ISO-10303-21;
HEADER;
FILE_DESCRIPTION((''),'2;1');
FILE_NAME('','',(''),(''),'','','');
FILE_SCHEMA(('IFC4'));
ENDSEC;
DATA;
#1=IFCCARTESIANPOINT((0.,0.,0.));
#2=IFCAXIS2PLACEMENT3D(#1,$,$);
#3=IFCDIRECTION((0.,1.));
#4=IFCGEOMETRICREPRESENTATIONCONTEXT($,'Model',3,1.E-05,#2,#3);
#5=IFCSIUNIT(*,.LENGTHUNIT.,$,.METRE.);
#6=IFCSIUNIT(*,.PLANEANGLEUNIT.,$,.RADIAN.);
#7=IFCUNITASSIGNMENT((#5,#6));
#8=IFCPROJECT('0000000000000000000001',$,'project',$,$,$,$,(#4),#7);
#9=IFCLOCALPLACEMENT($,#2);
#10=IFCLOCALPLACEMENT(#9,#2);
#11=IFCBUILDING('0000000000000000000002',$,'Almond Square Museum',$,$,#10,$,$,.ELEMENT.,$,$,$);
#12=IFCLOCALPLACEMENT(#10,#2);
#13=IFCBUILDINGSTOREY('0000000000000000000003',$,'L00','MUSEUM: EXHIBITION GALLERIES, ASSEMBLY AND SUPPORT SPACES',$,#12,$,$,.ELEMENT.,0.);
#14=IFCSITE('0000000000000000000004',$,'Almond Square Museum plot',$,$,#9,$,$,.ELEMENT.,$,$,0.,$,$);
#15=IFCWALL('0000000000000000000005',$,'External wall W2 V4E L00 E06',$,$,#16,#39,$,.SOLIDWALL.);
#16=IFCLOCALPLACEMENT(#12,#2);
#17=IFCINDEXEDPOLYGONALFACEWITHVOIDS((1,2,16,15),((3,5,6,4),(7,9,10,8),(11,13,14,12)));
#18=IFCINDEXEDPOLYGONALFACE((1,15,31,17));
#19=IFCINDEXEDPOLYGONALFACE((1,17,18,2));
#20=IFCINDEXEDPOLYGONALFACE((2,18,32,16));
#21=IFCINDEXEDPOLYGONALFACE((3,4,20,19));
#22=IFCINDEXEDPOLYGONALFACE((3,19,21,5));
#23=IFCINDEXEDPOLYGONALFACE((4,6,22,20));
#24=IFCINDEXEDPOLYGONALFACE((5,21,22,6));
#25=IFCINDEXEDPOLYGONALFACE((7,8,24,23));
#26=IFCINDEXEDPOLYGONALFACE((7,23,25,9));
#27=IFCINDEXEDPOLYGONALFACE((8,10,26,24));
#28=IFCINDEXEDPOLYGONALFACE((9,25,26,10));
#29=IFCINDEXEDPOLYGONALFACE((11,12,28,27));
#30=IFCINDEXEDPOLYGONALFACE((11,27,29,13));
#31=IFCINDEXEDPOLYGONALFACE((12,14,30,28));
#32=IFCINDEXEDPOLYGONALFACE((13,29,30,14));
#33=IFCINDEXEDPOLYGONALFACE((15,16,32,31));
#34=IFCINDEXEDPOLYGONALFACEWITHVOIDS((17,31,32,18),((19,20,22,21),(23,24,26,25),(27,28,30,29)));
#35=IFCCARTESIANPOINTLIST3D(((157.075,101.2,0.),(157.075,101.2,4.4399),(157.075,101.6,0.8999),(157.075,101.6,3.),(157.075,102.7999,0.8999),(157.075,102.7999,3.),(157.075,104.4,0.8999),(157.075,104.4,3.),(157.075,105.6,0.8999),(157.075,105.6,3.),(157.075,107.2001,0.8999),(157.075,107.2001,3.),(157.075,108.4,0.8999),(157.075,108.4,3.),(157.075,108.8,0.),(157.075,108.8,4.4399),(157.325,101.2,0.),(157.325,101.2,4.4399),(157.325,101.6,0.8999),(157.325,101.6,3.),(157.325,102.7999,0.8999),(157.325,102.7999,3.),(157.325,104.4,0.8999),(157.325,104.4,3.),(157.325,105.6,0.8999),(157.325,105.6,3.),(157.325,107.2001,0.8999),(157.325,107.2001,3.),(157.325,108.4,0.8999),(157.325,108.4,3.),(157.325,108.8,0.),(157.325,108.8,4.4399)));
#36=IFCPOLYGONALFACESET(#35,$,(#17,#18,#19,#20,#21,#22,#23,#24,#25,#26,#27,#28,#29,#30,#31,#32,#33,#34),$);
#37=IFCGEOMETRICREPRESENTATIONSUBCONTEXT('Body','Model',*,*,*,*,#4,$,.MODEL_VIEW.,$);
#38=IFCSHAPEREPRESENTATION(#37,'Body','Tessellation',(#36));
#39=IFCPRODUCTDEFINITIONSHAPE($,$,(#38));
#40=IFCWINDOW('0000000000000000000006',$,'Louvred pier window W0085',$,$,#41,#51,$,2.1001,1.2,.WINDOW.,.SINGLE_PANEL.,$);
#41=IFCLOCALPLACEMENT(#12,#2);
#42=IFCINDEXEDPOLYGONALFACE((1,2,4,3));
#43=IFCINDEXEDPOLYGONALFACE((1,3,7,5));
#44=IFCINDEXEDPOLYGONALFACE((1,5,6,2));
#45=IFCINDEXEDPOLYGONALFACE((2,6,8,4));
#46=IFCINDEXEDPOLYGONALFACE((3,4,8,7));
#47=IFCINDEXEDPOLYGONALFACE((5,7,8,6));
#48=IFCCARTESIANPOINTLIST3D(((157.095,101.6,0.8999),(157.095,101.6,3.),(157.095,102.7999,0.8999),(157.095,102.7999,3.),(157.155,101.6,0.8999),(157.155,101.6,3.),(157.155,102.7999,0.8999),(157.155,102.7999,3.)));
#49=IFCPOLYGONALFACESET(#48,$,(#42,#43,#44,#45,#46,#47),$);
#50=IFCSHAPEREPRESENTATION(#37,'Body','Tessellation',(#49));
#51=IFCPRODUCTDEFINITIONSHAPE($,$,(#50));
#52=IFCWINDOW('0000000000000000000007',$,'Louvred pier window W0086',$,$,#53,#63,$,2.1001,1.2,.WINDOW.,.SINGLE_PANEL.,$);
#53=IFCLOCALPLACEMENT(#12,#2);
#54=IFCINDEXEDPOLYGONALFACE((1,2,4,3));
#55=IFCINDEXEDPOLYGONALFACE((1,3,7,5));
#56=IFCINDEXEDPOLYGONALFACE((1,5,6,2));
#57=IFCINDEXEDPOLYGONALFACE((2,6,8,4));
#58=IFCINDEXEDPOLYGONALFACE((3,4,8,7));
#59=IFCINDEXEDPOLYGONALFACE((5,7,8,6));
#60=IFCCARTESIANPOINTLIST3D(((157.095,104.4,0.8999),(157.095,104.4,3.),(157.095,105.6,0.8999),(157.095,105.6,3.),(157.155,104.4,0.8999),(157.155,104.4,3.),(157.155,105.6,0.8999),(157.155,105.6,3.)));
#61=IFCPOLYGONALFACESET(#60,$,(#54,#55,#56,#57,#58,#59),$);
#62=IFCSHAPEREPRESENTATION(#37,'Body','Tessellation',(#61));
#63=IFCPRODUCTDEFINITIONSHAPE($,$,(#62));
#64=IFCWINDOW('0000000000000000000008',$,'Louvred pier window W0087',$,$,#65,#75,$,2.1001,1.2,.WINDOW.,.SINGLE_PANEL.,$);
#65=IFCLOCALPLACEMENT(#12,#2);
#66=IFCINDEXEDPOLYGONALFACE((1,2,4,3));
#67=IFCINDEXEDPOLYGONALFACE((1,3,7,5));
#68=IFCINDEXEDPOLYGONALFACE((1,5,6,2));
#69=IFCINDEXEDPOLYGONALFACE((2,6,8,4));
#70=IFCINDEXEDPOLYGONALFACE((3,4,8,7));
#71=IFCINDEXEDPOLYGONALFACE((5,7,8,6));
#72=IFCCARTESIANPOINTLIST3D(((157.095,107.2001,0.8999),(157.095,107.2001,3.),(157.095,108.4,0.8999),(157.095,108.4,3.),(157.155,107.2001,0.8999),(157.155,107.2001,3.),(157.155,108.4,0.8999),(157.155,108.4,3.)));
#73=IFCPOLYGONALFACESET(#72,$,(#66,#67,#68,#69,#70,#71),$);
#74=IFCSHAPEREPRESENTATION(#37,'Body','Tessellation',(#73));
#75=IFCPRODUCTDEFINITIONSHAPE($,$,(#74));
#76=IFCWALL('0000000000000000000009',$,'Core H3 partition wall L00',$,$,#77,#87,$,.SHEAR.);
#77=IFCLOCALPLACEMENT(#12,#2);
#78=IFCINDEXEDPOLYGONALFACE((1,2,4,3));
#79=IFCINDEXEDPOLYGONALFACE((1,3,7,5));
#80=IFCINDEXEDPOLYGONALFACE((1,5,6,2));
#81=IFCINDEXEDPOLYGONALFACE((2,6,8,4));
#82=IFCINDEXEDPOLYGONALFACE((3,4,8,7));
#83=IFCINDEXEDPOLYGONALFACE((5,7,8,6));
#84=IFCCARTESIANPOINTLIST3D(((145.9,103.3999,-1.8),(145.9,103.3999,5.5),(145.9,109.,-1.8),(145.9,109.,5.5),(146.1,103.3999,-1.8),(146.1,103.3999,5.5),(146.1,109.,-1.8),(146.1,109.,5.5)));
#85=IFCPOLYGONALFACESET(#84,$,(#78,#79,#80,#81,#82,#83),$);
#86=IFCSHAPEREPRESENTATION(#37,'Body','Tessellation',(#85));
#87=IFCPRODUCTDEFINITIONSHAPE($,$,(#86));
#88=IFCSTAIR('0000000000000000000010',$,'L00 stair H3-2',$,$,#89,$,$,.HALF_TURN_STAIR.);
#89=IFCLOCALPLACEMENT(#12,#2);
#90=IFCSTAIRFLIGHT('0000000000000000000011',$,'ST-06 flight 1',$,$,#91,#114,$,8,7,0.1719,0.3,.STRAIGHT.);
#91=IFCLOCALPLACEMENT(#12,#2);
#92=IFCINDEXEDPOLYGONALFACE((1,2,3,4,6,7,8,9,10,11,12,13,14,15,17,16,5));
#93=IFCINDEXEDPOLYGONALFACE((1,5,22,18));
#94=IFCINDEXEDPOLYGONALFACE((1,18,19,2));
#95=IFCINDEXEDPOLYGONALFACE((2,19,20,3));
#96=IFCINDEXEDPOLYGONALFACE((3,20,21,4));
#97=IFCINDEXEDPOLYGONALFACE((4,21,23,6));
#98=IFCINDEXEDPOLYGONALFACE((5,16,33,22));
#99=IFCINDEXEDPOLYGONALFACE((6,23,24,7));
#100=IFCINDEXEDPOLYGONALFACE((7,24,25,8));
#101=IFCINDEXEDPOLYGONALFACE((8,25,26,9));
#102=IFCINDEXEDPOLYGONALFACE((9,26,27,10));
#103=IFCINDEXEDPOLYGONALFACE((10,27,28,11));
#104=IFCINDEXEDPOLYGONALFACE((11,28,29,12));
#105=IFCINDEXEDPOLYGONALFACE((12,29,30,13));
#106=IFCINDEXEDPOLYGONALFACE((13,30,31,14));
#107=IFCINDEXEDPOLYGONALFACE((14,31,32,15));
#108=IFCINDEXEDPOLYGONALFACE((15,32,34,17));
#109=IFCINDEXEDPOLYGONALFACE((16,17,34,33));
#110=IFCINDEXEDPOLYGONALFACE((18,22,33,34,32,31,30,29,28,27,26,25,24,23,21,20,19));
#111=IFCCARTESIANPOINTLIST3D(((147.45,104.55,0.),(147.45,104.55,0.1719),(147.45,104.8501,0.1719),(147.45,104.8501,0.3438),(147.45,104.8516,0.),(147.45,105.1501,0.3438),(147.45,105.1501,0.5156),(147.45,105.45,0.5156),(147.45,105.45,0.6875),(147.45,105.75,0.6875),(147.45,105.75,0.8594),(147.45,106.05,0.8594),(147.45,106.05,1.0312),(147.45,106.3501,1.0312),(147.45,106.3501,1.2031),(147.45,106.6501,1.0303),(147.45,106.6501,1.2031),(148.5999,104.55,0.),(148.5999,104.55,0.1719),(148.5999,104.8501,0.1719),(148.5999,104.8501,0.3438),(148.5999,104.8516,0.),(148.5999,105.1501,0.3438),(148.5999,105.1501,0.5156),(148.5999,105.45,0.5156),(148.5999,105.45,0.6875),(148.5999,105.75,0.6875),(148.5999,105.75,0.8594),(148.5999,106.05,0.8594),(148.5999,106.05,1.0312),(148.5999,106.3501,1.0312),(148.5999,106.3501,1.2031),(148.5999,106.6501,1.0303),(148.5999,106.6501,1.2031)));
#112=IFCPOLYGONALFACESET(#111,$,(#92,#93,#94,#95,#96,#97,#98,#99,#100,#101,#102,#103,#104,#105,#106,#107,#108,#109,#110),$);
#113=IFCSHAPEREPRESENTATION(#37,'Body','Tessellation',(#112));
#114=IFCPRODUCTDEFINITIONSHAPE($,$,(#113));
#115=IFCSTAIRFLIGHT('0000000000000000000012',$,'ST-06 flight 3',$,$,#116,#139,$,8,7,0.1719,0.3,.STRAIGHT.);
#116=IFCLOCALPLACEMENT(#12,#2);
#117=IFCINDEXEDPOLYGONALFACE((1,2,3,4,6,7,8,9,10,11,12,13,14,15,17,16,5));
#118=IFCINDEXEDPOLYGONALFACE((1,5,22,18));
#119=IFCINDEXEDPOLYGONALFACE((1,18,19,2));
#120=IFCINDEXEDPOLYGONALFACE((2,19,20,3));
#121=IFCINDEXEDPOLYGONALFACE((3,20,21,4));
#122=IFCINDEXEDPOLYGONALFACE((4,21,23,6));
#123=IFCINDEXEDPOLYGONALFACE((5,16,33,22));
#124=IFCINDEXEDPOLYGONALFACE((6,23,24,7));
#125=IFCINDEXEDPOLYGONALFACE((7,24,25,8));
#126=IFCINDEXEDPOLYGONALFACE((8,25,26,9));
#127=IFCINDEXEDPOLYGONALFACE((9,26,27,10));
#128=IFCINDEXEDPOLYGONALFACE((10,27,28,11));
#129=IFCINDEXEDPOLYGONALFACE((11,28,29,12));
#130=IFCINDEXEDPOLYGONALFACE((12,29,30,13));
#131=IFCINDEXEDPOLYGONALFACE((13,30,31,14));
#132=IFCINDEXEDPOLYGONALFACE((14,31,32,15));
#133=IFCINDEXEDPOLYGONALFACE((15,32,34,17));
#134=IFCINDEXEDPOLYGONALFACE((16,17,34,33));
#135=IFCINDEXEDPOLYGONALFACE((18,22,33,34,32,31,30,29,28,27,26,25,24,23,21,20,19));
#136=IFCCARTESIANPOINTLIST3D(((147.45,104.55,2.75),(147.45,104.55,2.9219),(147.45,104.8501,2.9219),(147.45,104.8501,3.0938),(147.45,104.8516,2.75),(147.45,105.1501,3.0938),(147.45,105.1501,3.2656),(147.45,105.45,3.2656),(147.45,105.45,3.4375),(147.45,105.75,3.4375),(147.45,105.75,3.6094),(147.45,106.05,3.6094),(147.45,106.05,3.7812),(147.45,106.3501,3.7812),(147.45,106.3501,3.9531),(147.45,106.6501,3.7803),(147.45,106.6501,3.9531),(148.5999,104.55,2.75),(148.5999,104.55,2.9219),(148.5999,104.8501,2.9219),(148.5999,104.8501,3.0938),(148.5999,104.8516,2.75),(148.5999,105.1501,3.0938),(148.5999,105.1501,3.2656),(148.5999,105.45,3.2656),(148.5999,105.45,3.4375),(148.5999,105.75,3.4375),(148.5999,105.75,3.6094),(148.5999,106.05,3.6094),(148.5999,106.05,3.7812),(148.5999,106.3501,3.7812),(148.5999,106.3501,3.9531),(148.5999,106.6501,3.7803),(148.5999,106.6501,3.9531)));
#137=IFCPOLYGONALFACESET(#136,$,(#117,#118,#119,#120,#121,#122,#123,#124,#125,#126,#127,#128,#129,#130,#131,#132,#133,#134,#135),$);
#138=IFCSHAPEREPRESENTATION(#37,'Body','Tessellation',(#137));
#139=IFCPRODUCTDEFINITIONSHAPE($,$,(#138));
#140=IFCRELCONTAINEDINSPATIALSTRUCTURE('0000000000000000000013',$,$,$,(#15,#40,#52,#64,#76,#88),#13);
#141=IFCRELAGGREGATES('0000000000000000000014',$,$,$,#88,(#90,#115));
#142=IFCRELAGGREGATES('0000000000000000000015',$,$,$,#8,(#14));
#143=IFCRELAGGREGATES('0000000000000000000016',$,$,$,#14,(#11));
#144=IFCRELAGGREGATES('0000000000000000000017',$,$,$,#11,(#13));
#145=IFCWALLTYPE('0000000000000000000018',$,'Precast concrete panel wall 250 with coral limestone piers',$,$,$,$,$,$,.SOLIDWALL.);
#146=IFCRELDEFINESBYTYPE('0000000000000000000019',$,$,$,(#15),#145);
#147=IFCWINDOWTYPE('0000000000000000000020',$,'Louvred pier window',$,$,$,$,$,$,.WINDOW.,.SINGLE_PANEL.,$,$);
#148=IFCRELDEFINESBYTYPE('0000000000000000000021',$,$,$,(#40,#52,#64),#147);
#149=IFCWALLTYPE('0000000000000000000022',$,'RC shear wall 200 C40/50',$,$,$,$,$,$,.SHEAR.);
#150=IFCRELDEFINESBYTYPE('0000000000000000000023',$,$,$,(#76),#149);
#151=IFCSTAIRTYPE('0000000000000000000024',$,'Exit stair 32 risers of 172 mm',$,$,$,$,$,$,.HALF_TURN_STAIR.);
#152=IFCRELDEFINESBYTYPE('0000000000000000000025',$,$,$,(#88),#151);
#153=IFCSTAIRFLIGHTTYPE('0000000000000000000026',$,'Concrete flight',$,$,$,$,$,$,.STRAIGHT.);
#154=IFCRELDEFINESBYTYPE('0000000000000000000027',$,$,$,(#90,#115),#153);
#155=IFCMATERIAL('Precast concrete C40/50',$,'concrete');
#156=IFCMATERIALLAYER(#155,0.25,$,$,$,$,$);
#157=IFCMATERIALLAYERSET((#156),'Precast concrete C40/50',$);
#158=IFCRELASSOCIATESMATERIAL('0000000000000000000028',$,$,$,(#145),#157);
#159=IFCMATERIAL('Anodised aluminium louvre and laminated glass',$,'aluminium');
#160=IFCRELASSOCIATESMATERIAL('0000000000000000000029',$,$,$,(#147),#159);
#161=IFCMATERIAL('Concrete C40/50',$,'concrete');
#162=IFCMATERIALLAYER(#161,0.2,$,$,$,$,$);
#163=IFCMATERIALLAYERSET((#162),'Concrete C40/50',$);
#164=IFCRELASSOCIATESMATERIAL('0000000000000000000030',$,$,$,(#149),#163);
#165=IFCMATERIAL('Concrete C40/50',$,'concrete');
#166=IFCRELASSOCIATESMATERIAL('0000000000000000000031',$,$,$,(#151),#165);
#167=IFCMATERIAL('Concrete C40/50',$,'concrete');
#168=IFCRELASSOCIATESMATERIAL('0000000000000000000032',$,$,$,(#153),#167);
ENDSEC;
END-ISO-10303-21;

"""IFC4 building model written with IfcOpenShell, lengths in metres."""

from ifc_helpers import new_model, si_unit, direction, frame, frame_2d, origin, place, context, subcontext, project, spatial, polyline, rectangle, outline, extrude, material, layer, layer_set, type_object, element, fill, aggregate, save


model = new_model("IFC4")

# Units and contexts
model_context = context("Model", 3, precision=1e-05, world=origin(), true_north=direction((0.0, 1.0)))
body_context = subcontext(model_context, "Body", "Model", "MODEL_VIEW")
ifc_project = project(units=[si_unit("LENGTHUNIT", "METRE"), si_unit("PLANEANGLEUNIT", "RADIAN")], contexts=[model_context])

# Site, building, storey
site_placement = place(None, origin())
site = spatial("IfcSite", under=ifc_project, at=site_placement, Name="Almond Square Museum plot", CompositionType="ELEMENT", RefElevation=0.0)
building_placement = place(site_placement, origin())
building = spatial("IfcBuilding", under=site, at=building_placement, Name="Almond Square Museum", CompositionType="ELEMENT")
storey_placement = place(building_placement, origin())
storey = spatial("IfcBuildingStorey", under=building, at=storey_placement, Name="L00", Description="MUSEUM: EXHIBITION GALLERIES, ASSEMBLY AND SUPPORT SPACES", CompositionType="ELEMENT", Elevation=0.0)

# Wall, openings, windows
ifc_material_1 = material(Name="Precast concrete C40/50", Category="concrete")
ifc_layer_1 = layer(ifc_material_1, 0.25)
ifc_layer_set_1 = layer_set([ifc_layer_1], Name="Precast concrete C40/50")
wall_type_1 = type_object("IfcWallType", Name="Precast concrete panel wall 250 with coral limestone piers", PredefinedType="SOLIDWALL", material=ifc_layer_set_1)
wall_1_placement = place(storey_placement, frame((157.2, 101.2, 0.0), z_axis=(0.0, 0.0, 1.0), x_axis=(0.0, 1.0, 0.0)))
wall_1 = element("IfcWall", 1, at=wall_1_placement, inside=storey, type_object=wall_type_1, Name="External wall W2 V4E L00 E06", PredefinedType="SOLIDWALL", context=body_context, shape_type="SweptSolid", body=[
    extrude(rectangle(XDim=7.6001, YDim=0.25, at=frame_2d((3.8, 0.0))), origin(), (0.0, 0.0, 1.0), 4.4399),
])
opening_1_placement = place(wall_1_placement, frame((0.3999, 0.0, 0.8999)))
opening_1 = element("IfcOpeningElement", 2, at=opening_1_placement, cuts=wall_1, PredefinedType="OPENING", context=body_context, shape_type="SweptSolid", body=[
    extrude(rectangle(XDim=1.2, YDim=2.1001, at=frame_2d((0.6001, 1.05))), frame((0.0, 0.135, 0.0), z_axis=(0.0, -1.0, 0.0), x_axis=(1.0, 0.0, 0.0)), (0.0, 0.0, 1.0), 0.27),
])
opening_2_placement = place(wall_1_placement, frame((3.2, 0.0, 0.8999)))
opening_2 = element("IfcOpeningElement", 3, at=opening_2_placement, cuts=wall_1, PredefinedType="OPENING", context=body_context, shape_type="SweptSolid", body=[
    extrude(rectangle(XDim=1.2, YDim=2.1001, at=frame_2d((0.6001, 1.05))), frame((0.0, 0.135, 0.0), z_axis=(0.0, -1.0, 0.0), x_axis=(1.0, 0.0, 0.0)), (0.0, 0.0, 1.0), 0.27),
])
opening_3_placement = place(wall_1_placement, frame((6.0, 0.0, 0.8999)))
opening_3 = element("IfcOpeningElement", 4, at=opening_3_placement, cuts=wall_1, PredefinedType="OPENING", context=body_context, shape_type="SweptSolid", body=[
    extrude(rectangle(XDim=1.2, YDim=2.1001, at=frame_2d((0.6001, 1.05))), frame((0.0, 0.135, 0.0), z_axis=(0.0, -1.0, 0.0), x_axis=(1.0, 0.0, 0.0)), (0.0, 0.0, 1.0), 0.27),
])
ifc_material_2 = material(Name="Anodised aluminium louvre and laminated glass", Category="aluminium")
window_type = type_object("IfcWindowType", Name="Louvred pier window", PartitioningType="SINGLE_PANEL", PredefinedType="WINDOW", material=ifc_material_2)
window_1_placement = place(opening_1_placement, origin())
window_1 = element("IfcWindow", 5, at=window_1_placement, inside=storey, type_object=window_type, Name="Louvred pier window W0085", OverallHeight=2.1001, OverallWidth=1.2, PartitioningType="SINGLE_PANEL", PredefinedType="WINDOW", context=body_context, shape_type="SweptSolid", body=[
    extrude(rectangle(XDim=1.2, YDim=2.1001, at=frame_2d((0.6001, 1.05))), frame((0.0, 0.105, 0.0), z_axis=(0.0, -1.0, 0.0), x_axis=(1.0, 0.0, 0.0)), (0.0, 0.0, 1.0), 0.0601),
])
fill(opening_1, window_1)
window_2_placement = place(opening_2_placement, origin())
window_2 = element("IfcWindow", 6, at=window_2_placement, inside=storey, type_object=window_type, Name="Louvred pier window W0086", OverallHeight=2.1001, OverallWidth=1.2, PartitioningType="SINGLE_PANEL", PredefinedType="WINDOW", context=body_context, shape_type="SweptSolid", body=[
    extrude(rectangle(XDim=1.2, YDim=2.1001, at=frame_2d((0.6001, 1.05))), frame((0.0, 0.105, 0.0), z_axis=(0.0, -1.0, 0.0), x_axis=(1.0, 0.0, 0.0)), (0.0, 0.0, 1.0), 0.0601),
])
fill(opening_2, window_2)
window_3_placement = place(opening_3_placement, origin())
window_3 = element("IfcWindow", 7, at=window_3_placement, inside=storey, type_object=window_type, Name="Louvred pier window W0087", OverallHeight=2.1001, OverallWidth=1.2, PartitioningType="SINGLE_PANEL", PredefinedType="WINDOW", context=body_context, shape_type="SweptSolid", body=[
    extrude(rectangle(XDim=1.2, YDim=2.1001, at=frame_2d((0.6001, 1.05))), frame((0.0, 0.105, 0.0), z_axis=(0.0, -1.0, 0.0), x_axis=(1.0, 0.0, 0.0)), (0.0, 0.0, 1.0), 0.0601),
])
fill(opening_3, window_3)

# Wall
ifc_material_3 = material(Name="Concrete C40/50", Category="concrete")
ifc_layer_2 = layer(ifc_material_3, 0.2)
ifc_layer_set_2 = layer_set([ifc_layer_2], Name="Concrete C40/50")
wall_type_2 = type_object("IfcWallType", Name="RC shear wall 200 C40/50", PredefinedType="SHEAR", material=ifc_layer_set_2)
wall_2_placement = place(storey_placement, frame((146.0, 103.3999, -1.8), z_axis=(0.0, 0.0, 1.0), x_axis=(0.0, 1.0, 0.0)))
element("IfcWall", 8, at=wall_2_placement, inside=storey, type_object=wall_type_2, Name="Core H3 partition wall L00", PredefinedType="SHEAR", context=body_context, shape_type="SweptSolid", body=[
    extrude(rectangle(XDim=5.6001, YDim=0.2, at=frame_2d((2.8, 0.0))), origin(), (0.0, 0.0, 1.0), 7.3),
])

# Stair, stair flights
ifc_material_4 = material(Name="Concrete C40/50", Category="concrete")
stair_type = type_object("IfcStairType", Name="Exit stair 32 risers of 172 mm", PredefinedType="HALF_TURN_STAIR", material=ifc_material_4)
stair_placement = place(storey_placement, origin())
stair = element("IfcStair", 9, at=stair_placement, inside=storey, type_object=stair_type, Name="L00 stair H3-2", PredefinedType="HALF_TURN_STAIR")
ifc_material_5 = material(Name="Concrete C40/50", Category="concrete")
stair_flight_type = type_object("IfcStairFlightType", Name="Concrete flight", PredefinedType="STRAIGHT", material=ifc_material_5)
stair_flight_1_placement = place(storey_placement, frame((148.0249, 104.55, 0.0), z_axis=(0.0, 0.0, 1.0), x_axis=(0.0, 1.0, 0.0)))
stair_flight_1 = element("IfcStairFlight", 10, at=stair_flight_1_placement, type_object=stair_flight_type, Name="ST-06 flight 1", NumberOfRisers=8, NumberOfTreads=7, PredefinedType="STRAIGHT", RiserHeight=0.1719, TreadLength=0.3, context=body_context, shape_type="SweptSolid", body=[
    extrude(outline(polyline([(0.0, 0.0), (0.0, 0.1719), (0.3, 0.1719), (0.3, 0.3438), (0.6001, 0.3438), (0.6001, 0.5156), (0.8999, 0.5156), (0.8999, 0.6875), (1.2, 0.6875), (1.2, 0.8594), (1.5, 0.8594), (1.5, 1.0312), (1.8, 1.0312), (1.8, 1.2031), (2.1001, 1.2031), (2.1001, 1.375), (2.1001, 1.0303), (0.3015, 0.0), (0.0, 0.0)])), frame((0.0, 0.575, 0.0), z_axis=(0.0, -1.0, 0.0), x_axis=(1.0, 0.0, 0.0)), (0.0, 0.0, 1.0), 1.1499),
])
stair_flight_2_placement = place(storey_placement, frame((148.0249, 104.55, 2.75), z_axis=(0.0, 0.0, 1.0), x_axis=(0.0, 1.0, 0.0)))
stair_flight_2 = element("IfcStairFlight", 11, at=stair_flight_2_placement, type_object=stair_flight_type, Name="ST-06 flight 3", NumberOfRisers=8, NumberOfTreads=7, PredefinedType="STRAIGHT", RiserHeight=0.1719, TreadLength=0.3, context=body_context, shape_type="SweptSolid", body=[
    extrude(outline(polyline([(0.0, 0.0), (0.0, 0.1719), (0.3, 0.1719), (0.3, 0.3438), (0.6001, 0.3438), (0.6001, 0.5156), (0.8999, 0.5156), (0.8999, 0.6875), (1.2, 0.6875), (1.2, 0.8594), (1.5, 0.8594), (1.5, 1.0312), (1.8, 1.0312), (1.8, 1.2031), (2.1001, 1.2031), (2.1001, 1.375), (2.1001, 1.0303), (0.3015, 0.0), (0.0, 0.0)])), frame((0.0, 0.575, 0.0), z_axis=(0.0, -1.0, 0.0), x_axis=(1.0, 0.0, 0.0)), (0.0, 0.0, 1.0), 1.1499),
])
aggregate(stair, [stair_flight_1, stair_flight_2])

save(model, "model.ifc")
